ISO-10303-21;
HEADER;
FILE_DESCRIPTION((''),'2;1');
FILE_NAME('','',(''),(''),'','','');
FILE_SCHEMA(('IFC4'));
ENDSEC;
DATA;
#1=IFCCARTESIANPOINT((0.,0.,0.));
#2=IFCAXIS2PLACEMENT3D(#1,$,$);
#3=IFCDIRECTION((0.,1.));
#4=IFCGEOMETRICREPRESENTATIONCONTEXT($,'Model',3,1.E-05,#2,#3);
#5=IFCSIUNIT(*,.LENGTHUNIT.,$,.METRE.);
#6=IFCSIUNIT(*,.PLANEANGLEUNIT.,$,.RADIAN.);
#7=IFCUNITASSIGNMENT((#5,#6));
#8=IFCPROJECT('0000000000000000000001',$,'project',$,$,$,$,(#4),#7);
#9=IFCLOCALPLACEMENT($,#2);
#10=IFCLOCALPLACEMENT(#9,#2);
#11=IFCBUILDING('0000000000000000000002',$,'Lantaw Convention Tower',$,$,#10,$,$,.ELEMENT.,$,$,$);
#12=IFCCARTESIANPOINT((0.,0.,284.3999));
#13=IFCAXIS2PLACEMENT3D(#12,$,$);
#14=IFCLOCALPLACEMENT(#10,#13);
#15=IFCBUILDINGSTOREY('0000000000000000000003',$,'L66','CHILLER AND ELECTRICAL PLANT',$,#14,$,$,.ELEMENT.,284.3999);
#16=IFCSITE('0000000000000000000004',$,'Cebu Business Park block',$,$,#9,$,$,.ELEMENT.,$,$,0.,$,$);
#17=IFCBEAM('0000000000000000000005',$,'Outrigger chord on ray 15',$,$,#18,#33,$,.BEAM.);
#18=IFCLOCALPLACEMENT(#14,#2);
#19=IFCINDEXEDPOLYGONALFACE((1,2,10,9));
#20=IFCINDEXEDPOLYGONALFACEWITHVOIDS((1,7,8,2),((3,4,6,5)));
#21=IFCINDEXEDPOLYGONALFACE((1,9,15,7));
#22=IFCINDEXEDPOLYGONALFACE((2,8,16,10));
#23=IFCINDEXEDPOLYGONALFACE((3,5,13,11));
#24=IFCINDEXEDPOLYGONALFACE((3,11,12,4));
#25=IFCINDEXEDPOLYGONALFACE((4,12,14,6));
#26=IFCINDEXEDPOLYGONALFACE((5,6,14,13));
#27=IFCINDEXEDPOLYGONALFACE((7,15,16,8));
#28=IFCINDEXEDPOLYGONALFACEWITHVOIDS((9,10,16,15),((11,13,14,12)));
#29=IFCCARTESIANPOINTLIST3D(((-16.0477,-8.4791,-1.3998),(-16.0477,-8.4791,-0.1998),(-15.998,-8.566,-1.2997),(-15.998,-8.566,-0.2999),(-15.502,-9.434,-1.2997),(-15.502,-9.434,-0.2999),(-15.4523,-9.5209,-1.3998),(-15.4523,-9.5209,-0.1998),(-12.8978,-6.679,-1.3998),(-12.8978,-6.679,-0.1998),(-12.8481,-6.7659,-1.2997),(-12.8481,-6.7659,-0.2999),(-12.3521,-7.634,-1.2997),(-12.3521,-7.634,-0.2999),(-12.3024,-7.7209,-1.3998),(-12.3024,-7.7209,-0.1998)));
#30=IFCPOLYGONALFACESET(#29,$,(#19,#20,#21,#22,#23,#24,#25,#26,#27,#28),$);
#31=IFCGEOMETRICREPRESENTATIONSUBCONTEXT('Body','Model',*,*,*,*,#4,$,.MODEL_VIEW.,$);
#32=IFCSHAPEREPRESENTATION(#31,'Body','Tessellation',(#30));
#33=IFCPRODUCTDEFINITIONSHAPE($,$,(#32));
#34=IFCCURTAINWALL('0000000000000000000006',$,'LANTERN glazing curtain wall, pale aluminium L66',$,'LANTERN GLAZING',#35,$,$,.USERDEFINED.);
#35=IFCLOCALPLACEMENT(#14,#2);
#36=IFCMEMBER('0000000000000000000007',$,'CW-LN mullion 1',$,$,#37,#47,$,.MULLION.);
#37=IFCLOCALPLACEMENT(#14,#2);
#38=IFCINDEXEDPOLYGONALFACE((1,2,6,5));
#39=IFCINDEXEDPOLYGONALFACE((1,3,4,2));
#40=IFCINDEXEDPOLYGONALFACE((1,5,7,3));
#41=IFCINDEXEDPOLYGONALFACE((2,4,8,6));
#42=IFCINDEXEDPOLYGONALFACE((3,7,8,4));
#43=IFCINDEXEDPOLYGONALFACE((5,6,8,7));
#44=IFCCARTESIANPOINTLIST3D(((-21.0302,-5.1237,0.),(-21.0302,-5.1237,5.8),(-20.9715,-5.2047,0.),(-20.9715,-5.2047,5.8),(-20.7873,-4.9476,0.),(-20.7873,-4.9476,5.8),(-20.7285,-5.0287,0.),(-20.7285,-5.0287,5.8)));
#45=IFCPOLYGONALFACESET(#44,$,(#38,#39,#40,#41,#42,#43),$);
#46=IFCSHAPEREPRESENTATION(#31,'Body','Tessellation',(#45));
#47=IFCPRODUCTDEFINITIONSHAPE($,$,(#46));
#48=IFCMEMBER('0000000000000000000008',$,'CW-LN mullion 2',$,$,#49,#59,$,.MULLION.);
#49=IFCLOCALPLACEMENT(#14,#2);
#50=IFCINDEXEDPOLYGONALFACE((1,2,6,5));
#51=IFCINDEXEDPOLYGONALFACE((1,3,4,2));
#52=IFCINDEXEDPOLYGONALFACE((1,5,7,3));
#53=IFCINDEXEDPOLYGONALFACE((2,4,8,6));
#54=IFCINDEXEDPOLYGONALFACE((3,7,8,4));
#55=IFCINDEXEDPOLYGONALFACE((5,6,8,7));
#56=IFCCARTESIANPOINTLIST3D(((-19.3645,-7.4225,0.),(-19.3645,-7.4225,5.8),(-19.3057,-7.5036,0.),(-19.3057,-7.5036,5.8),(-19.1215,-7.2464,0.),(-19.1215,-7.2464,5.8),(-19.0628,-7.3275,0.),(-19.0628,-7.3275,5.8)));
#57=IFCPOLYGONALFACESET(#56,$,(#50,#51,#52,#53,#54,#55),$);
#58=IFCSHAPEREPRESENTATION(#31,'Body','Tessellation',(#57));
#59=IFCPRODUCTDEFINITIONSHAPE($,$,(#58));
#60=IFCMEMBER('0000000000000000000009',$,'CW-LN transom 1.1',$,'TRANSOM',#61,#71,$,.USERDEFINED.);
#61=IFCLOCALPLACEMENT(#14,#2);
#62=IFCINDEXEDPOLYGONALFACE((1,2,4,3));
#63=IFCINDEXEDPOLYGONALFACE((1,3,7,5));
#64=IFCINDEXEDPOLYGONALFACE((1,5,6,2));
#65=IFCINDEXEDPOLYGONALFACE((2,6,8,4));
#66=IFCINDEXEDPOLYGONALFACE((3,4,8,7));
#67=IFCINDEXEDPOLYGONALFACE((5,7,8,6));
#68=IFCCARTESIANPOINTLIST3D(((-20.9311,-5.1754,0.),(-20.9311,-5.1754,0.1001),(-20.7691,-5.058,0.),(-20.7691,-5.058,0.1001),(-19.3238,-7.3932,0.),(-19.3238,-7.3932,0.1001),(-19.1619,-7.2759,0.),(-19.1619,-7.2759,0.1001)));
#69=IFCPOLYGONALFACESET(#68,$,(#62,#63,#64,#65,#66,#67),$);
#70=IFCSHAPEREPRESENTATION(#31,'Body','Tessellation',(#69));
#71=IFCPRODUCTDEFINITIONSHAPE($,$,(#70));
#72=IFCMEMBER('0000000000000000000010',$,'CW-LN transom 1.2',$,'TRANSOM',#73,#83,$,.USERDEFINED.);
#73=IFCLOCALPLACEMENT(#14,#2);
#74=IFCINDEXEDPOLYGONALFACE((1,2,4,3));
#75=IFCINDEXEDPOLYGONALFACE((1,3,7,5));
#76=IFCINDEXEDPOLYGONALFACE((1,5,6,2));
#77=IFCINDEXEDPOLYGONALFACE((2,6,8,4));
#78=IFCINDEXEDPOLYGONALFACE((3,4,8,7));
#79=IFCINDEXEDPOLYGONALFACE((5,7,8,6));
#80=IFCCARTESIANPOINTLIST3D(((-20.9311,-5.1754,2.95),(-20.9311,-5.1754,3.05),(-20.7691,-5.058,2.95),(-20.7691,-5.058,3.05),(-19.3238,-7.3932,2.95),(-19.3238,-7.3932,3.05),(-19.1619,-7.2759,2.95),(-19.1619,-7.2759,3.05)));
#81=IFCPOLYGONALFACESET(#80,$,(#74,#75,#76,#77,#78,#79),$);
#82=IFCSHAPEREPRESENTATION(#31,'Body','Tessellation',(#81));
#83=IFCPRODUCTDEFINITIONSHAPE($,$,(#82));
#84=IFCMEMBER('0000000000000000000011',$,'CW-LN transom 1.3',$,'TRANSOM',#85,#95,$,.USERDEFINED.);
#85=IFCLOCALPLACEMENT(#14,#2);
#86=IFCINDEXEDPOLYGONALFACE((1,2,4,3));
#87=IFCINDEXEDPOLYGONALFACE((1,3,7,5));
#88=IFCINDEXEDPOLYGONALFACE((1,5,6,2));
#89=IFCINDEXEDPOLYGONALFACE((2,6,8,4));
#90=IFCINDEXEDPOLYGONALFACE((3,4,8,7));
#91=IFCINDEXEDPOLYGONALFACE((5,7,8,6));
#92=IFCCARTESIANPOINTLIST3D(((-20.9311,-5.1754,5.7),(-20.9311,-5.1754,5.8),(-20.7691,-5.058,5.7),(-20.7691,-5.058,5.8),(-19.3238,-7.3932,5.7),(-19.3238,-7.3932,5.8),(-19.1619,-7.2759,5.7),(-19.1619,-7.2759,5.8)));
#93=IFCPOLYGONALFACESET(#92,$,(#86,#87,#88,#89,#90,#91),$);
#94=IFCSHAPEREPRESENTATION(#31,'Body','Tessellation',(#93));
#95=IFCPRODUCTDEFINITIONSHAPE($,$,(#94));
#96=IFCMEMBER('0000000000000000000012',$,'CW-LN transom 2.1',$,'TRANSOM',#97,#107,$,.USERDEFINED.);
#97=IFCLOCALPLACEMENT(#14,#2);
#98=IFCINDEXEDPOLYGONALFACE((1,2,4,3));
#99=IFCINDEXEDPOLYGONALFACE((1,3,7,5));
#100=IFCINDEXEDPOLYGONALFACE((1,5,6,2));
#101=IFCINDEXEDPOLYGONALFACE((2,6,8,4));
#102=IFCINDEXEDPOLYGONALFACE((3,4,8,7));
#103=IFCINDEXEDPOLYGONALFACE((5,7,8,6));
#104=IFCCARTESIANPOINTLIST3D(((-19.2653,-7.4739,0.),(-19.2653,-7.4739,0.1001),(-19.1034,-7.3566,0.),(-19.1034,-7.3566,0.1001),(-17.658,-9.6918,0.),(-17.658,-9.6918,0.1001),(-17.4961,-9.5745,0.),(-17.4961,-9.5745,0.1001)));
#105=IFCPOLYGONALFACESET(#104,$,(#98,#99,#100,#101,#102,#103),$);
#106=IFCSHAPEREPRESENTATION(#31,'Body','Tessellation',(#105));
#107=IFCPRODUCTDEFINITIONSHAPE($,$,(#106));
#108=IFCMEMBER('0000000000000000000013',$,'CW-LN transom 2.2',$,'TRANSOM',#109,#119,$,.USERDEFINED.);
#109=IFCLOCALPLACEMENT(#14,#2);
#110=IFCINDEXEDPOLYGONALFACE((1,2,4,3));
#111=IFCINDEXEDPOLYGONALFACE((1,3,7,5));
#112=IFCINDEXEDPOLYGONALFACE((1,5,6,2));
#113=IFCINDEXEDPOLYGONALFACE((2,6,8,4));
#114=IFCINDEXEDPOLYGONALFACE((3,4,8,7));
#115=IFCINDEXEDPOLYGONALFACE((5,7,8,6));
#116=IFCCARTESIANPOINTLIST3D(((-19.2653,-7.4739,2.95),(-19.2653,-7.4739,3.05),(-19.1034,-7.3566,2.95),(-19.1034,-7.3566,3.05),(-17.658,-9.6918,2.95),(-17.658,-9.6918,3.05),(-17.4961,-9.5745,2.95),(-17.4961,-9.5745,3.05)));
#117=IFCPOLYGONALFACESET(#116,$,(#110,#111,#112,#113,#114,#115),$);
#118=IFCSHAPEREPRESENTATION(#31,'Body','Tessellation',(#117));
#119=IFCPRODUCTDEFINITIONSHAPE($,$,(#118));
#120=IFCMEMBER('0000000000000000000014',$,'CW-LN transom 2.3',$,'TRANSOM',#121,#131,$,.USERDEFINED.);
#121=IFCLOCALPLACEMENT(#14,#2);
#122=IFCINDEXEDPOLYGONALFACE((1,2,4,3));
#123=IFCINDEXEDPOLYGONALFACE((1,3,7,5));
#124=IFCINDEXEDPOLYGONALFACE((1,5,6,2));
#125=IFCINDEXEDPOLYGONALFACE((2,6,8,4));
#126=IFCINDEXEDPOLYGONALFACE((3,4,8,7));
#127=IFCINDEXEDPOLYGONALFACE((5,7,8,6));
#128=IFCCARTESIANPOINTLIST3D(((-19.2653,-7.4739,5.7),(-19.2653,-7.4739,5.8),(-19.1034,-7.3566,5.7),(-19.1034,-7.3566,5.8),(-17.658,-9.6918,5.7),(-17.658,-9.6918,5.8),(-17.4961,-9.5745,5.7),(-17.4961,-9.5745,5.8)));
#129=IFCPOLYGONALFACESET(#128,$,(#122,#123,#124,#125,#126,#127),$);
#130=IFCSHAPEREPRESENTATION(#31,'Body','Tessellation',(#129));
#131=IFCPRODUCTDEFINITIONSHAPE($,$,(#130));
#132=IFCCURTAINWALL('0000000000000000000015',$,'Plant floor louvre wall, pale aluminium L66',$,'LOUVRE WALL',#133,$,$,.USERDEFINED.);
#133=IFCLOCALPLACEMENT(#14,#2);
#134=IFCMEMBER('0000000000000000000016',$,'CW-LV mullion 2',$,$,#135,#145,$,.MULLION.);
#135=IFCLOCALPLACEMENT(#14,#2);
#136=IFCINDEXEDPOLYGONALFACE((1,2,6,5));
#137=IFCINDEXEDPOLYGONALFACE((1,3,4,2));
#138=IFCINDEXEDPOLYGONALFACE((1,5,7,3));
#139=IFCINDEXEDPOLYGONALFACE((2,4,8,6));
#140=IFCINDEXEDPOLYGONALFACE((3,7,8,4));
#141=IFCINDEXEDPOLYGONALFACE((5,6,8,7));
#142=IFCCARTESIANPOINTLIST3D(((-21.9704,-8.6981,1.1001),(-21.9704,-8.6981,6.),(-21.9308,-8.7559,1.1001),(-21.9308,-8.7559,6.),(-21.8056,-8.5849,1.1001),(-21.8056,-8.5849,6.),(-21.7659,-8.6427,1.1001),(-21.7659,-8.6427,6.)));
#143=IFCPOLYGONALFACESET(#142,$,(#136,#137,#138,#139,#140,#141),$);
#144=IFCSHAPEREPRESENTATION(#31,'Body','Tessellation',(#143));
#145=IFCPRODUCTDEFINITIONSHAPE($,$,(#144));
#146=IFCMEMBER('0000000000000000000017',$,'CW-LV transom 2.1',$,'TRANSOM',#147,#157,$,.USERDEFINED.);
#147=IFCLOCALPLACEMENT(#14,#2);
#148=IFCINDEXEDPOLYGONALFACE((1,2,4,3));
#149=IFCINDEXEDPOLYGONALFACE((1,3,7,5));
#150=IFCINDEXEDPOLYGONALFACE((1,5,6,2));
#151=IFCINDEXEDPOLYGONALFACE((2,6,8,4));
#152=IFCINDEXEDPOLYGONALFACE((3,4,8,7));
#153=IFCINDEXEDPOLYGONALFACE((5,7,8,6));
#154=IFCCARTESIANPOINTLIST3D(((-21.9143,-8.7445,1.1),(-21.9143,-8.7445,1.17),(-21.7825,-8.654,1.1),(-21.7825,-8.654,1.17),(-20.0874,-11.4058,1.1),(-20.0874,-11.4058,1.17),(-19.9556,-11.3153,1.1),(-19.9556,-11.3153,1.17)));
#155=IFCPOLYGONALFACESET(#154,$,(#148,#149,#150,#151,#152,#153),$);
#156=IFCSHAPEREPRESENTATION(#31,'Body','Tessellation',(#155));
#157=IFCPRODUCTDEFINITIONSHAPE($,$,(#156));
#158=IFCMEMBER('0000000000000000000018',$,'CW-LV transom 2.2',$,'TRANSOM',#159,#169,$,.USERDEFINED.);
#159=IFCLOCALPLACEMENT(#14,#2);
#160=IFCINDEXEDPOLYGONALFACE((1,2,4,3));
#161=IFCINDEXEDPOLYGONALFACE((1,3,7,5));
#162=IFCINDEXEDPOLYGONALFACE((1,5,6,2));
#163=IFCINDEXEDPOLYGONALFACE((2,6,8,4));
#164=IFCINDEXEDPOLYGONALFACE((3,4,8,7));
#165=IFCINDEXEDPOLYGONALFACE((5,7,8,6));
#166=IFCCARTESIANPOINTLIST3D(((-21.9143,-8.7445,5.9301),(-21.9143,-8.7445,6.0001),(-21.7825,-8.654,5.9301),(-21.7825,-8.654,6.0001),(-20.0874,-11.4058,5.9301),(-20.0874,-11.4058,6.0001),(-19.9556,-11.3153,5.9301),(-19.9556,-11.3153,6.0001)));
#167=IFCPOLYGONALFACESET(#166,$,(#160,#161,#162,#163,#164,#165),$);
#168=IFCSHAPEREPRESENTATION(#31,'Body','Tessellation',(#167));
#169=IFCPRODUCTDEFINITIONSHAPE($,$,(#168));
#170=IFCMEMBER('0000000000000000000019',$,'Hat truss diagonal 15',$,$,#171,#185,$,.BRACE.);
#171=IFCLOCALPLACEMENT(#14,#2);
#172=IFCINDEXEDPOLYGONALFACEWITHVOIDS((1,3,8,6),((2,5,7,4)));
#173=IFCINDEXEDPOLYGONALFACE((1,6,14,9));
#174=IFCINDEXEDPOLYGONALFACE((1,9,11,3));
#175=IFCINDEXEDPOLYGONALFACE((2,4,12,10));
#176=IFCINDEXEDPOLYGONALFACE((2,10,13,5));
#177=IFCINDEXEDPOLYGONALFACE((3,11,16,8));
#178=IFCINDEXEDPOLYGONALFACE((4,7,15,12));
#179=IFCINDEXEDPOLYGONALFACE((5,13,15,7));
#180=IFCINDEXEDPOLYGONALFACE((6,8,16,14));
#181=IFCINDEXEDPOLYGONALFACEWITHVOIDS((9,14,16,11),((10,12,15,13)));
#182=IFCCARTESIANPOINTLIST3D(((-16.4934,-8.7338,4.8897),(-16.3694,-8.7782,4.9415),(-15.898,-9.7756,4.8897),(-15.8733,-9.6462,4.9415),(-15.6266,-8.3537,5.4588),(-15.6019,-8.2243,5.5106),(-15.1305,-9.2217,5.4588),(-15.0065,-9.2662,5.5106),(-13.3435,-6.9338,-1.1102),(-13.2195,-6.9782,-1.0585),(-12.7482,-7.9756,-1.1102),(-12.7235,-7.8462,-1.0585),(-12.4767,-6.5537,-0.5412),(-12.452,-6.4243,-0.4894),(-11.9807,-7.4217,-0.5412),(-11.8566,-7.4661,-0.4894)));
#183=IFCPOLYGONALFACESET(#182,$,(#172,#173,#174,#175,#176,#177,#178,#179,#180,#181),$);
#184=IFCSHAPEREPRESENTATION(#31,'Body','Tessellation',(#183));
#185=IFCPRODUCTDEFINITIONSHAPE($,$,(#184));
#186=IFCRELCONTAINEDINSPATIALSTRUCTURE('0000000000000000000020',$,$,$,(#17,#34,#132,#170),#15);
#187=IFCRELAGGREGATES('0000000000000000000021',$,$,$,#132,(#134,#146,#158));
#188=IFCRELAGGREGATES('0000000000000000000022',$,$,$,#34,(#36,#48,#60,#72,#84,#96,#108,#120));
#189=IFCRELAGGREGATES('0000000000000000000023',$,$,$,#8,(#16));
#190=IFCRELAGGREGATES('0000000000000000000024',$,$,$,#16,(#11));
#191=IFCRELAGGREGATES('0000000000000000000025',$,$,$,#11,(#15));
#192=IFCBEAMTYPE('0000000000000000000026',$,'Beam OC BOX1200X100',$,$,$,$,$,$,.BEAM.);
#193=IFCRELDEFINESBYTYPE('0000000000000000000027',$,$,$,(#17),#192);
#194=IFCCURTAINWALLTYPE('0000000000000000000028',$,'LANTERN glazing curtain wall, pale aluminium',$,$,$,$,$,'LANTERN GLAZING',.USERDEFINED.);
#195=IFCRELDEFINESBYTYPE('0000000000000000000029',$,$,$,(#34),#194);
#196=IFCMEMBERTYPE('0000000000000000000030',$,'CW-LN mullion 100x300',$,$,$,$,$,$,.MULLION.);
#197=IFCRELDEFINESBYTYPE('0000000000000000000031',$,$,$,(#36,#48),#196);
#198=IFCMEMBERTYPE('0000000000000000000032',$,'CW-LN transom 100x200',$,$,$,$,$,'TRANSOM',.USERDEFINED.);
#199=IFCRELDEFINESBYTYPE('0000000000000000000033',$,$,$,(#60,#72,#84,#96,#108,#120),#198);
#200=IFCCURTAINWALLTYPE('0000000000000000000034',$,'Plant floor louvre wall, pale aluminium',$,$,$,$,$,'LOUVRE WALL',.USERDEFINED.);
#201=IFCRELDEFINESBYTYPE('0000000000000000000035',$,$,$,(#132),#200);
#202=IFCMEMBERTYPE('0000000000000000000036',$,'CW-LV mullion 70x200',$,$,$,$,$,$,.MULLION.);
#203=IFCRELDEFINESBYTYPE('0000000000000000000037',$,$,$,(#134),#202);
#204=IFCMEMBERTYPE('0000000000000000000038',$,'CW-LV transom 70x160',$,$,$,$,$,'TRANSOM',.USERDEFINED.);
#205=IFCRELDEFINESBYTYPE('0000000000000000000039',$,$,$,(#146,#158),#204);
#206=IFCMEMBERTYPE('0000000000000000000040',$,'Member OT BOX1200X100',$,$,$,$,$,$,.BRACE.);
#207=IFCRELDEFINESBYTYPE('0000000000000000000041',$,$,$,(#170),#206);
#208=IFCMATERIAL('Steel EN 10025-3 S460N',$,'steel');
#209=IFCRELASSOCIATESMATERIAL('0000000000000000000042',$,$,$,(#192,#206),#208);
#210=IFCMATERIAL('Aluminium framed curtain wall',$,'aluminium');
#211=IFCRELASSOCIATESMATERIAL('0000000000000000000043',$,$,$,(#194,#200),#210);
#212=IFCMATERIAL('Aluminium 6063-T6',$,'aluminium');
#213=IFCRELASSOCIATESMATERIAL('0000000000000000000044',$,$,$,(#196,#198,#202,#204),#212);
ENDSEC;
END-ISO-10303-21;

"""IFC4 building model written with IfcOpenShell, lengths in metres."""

from ifc_helpers import new_model, si_unit, direction, frame, origin, origin_2d, place, context, subcontext, project, spatial, rectangle, hollow_rectangle, extrude, material, material_profile, profile_set, type_object, element, aggregate, save


model = new_model("IFC4")

# Units and contexts
model_context = context("Model", 3, precision=1e-05, world=origin(), true_north=direction((0.0, 1.0)))
body_context = subcontext(model_context, "Body", "Model", "MODEL_VIEW")
ifc_project = project(units=[si_unit("LENGTHUNIT", "METRE"), si_unit("PLANEANGLEUNIT", "RADIAN")], contexts=[model_context])

# Site, building, storey
site_placement = place(None, origin())
site = spatial("IfcSite", under=ifc_project, at=site_placement, Name="Cebu Business Park block", CompositionType="ELEMENT", RefElevation=0.0)
building_placement = place(site_placement, origin())
building = spatial("IfcBuilding", under=site, at=building_placement, Name="Lantaw Convention Tower", CompositionType="ELEMENT")
storey_placement = place(building_placement, frame((0.0, 0.0, 284.3999)))
storey = spatial("IfcBuildingStorey", under=building, at=storey_placement, Name="L66", Description="CHILLER AND ELECTRICAL PLANT", CompositionType="ELEMENT", Elevation=284.3999)

# Shared definitions
ifc_material_1 = material(Name="Steel EN 10025-3 S460N", Category="steel")

# Beam
ifc_material_profile_1 = material_profile(ifc_material_1, hollow_rectangle(XDim=1.2, YDim=1.2, WallThickness=0.1001, at=origin_2d()), Name="BOX1200X100")
ifc_profile_set_1 = profile_set([ifc_material_profile_1], Name="Steel EN 10025-3 S460N")
beam_type_1 = type_object("IfcBeamType", Name="Beam OC BOX1200X100", PredefinedType="BEAM", material=ifc_profile_set_1)
beam_1_placement = place(storey_placement, frame((-12.6001, -7.2, -0.7998), z_axis=(-0.868231, -0.496161, 0.0), x_axis=(0.496161, -0.868231, 0.0)))
element("IfcBeam", 1, at=beam_1_placement, inside=storey, type_object=beam_type_1, Name="Outrigger chord on ray 15", PredefinedType="BEAM", context=body_context, shape_type="SweptSolid", body=[
    extrude(hollow_rectangle(XDim=1.2, YDim=1.2, WallThickness=0.1001, at=origin_2d()), origin(), (0.0, 0.0, 1.0), 3.6279),
])

# Curtain walls, members
ifc_material_2 = material(Name="Aluminium framed curtain wall", Category="aluminium")
curtain_wall_type_1 = type_object("IfcCurtainWallType", Name="LANTERN glazing curtain wall, pale aluminium", ElementType="LANTERN GLAZING", PredefinedType="USERDEFINED", material=ifc_material_2)
curtain_wall_1_placement = place(storey_placement, origin())
curtain_wall_1 = element("IfcCurtainWall", 2, at=curtain_wall_1_placement, inside=storey, type_object=curtain_wall_type_1, Name="LANTERN glazing curtain wall, pale aluminium L66", ObjectType="LANTERN GLAZING", PredefinedType="USERDEFINED")
ifc_material_3 = material(Name="Aluminium 6063-T6", Category="aluminium")
ifc_material_profile_2 = material_profile(ifc_material_3, rectangle(XDim=0.3, YDim=0.1001, at=origin_2d()), Name="CW-LN mullion 100x300")
ifc_profile_set_2 = profile_set([ifc_material_profile_2], Name="Aluminium 6063-T6")
member_type_1 = type_object("IfcMemberType", Name="CW-LN mullion 100x300", PredefinedType="MULLION", material=ifc_profile_set_2)
member_1_placement = place(storey_placement, frame((-20.8794, -5.0762, 0.0), z_axis=(0.0, 0.0, 1.0), x_axis=(0.809742, 0.586786, 0.0)))
member_1 = element("IfcMember", 3, at=member_1_placement, type_object=member_type_1, Name="CW-LN mullion 1", PredefinedType="MULLION", context=body_context, shape_type="SweptSolid", body=[
    extrude(rectangle(XDim=0.3, YDim=0.1001, at=origin_2d()), origin(), (0.0, 0.0, 1.0), 5.8),
])
member_2_placement = place(storey_placement, frame((-19.2136, -7.375, 0.0), z_axis=(0.0, 0.0, 1.0), x_axis=(0.809742, 0.586786, 0.0)))
member_2 = element("IfcMember", 4, at=member_2_placement, type_object=member_type_1, Name="CW-LN mullion 2", PredefinedType="MULLION", context=body_context, shape_type="SweptSolid", body=[
    extrude(rectangle(XDim=0.3, YDim=0.1001, at=origin_2d()), origin(), (0.0, 0.0, 1.0), 5.8),
])
ifc_material_profile_3 = material_profile(ifc_material_3, rectangle(XDim=0.2, YDim=0.1001, at=origin_2d()), Name="CW-LN transom 100x200")
ifc_profile_set_3 = profile_set([ifc_material_profile_3], Name="Aluminium 6063-T6")
member_type_2 = type_object("IfcMemberType", Name="CW-LN transom 100x200", ElementType="TRANSOM", PredefinedType="USERDEFINED", material=ifc_profile_set_3)
member_3_placement = place(storey_placement, frame((-20.8501, -5.1167, 0.05), z_axis=(0.586798, -0.809733, 0.0), x_axis=(0.809733, 0.586798, 0.0)))
member_3 = element("IfcMember", 5, at=member_3_placement, type_object=member_type_2, Name="CW-LN transom 1.1", ObjectType="TRANSOM", PredefinedType="USERDEFINED", context=body_context, shape_type="SweptSolid", body=[
    extrude(rectangle(XDim=0.2, YDim=0.1001, at=origin_2d()), origin(), (0.0, 0.0, 1.0), 2.739),
])
member_4_placement = place(storey_placement, frame((-20.8501, -5.1167, 3.0), z_axis=(0.586798, -0.809733, 0.0), x_axis=(0.809733, 0.586798, 0.0)))
member_4 = element("IfcMember", 6, at=member_4_placement, type_object=member_type_2, Name="CW-LN transom 1.2", ObjectType="TRANSOM", PredefinedType="USERDEFINED", context=body_context, shape_type="SweptSolid", body=[
    extrude(rectangle(XDim=0.2, YDim=0.1001, at=origin_2d()), origin(), (0.0, 0.0, 1.0), 2.739),
])
member_5_placement = place(storey_placement, frame((-20.8501, -5.1167, 5.75), z_axis=(0.586798, -0.809733, 0.0), x_axis=(0.809733, 0.586798, 0.0)))
member_5 = element("IfcMember", 7, at=member_5_placement, type_object=member_type_2, Name="CW-LN transom 1.3", ObjectType="TRANSOM", PredefinedType="USERDEFINED", context=body_context, shape_type="SweptSolid", body=[
    extrude(rectangle(XDim=0.2, YDim=0.1001, at=origin_2d()), origin(), (0.0, 0.0, 1.0), 2.739),
])
member_6_placement = place(storey_placement, frame((-19.1843, -7.4153, 0.05), z_axis=(0.586798, -0.809733, 0.0), x_axis=(0.809733, 0.586798, 0.0)))
member_6 = element("IfcMember", 8, at=member_6_placement, type_object=member_type_2, Name="CW-LN transom 2.1", ObjectType="TRANSOM", PredefinedType="USERDEFINED", context=body_context, shape_type="SweptSolid", body=[
    extrude(rectangle(XDim=0.2, YDim=0.1001, at=origin_2d()), origin(), (0.0, 0.0, 1.0), 2.739),
])
member_7_placement = place(storey_placement, frame((-19.1843, -7.4153, 3.0), z_axis=(0.586798, -0.809733, 0.0), x_axis=(0.809733, 0.586798, 0.0)))
member_7 = element("IfcMember", 9, at=member_7_placement, type_object=member_type_2, Name="CW-LN transom 2.2", ObjectType="TRANSOM", PredefinedType="USERDEFINED", context=body_context, shape_type="SweptSolid", body=[
    extrude(rectangle(XDim=0.2, YDim=0.1001, at=origin_2d()), origin(), (0.0, 0.0, 1.0), 2.739),
])
member_8_placement = place(storey_placement, frame((-19.1843, -7.4153, 5.75), z_axis=(0.586798, -0.809733, 0.0), x_axis=(0.809733, 0.586798, 0.0)))
member_8 = element("IfcMember", 10, at=member_8_placement, type_object=member_type_2, Name="CW-LN transom 2.3", ObjectType="TRANSOM", PredefinedType="USERDEFINED", context=body_context, shape_type="SweptSolid", body=[
    extrude(rectangle(XDim=0.2, YDim=0.1001, at=origin_2d()), origin(), (0.0, 0.0, 1.0), 2.739),
])
curtain_wall_type_2 = type_object("IfcCurtainWallType", Name="Plant floor louvre wall, pale aluminium", ElementType="LOUVRE WALL", PredefinedType="USERDEFINED", material=ifc_material_2)
curtain_wall_2_placement = place(storey_placement, origin())
curtain_wall_2 = element("IfcCurtainWall", 11, at=curtain_wall_2_placement, inside=storey, type_object=curtain_wall_type_2, Name="Plant floor louvre wall, pale aluminium L66", ObjectType="LOUVRE WALL", PredefinedType="USERDEFINED")
ifc_material_profile_4 = material_profile(ifc_material_3, rectangle(XDim=0.2, YDim=0.0701, at=origin_2d()), Name="CW-LV mullion 70x200")
ifc_profile_set_4 = profile_set([ifc_material_profile_4], Name="Aluminium 6063-T6")
member_type_3 = type_object("IfcMemberType", Name="CW-LV mullion 70x200", PredefinedType="MULLION", material=ifc_profile_set_4)
member_9_placement = place(storey_placement, frame((-21.8682, -8.6704, 1.1001), z_axis=(0.0, 0.0, 1.0), x_axis=(0.82445, 0.565935, 0.0)))
member_9 = element("IfcMember", 12, at=member_9_placement, type_object=member_type_3, Name="CW-LV mullion 2", PredefinedType="MULLION", context=body_context, shape_type="SweptSolid", body=[
    extrude(rectangle(XDim=0.2, YDim=0.0701, at=origin_2d()), origin(), (0.0, 0.0, 1.0), 4.8999),
])
ifc_material_profile_5 = material_profile(ifc_material_3, rectangle(XDim=0.1599, YDim=0.0701, at=origin_2d()), Name="CW-LV transom 70x160")
ifc_profile_set_5 = profile_set([ifc_material_profile_5], Name="Aluminium 6063-T6")
member_type_4 = type_object("IfcMemberType", Name="CW-LV transom 70x160", ElementType="TRANSOM", PredefinedType="USERDEFINED", material=ifc_profile_set_5)
member_10_placement = place(storey_placement, frame((-21.8484, -8.6992, 1.135), z_axis=(0.565941, -0.824446, 0.0), x_axis=(0.824446, 0.565941, 0.0)))
member_10 = element("IfcMember", 13, at=member_10_placement, type_object=member_type_4, Name="CW-LV transom 2.1", ObjectType="TRANSOM", PredefinedType="USERDEFINED", context=body_context, shape_type="SweptSolid", body=[
    extrude(rectangle(XDim=0.1599, YDim=0.0701, at=origin_2d()), origin(), (0.0, 0.0, 1.0), 3.228),
])
member_11_placement = place(storey_placement, frame((-21.8484, -8.6992, 5.9651), z_axis=(0.565941, -0.824446, 0.0), x_axis=(0.824446, 0.565941, 0.0)))
member_11 = element("IfcMember", 14, at=member_11_placement, type_object=member_type_4, Name="CW-LV transom 2.2", ObjectType="TRANSOM", PredefinedType="USERDEFINED", context=body_context, shape_type="SweptSolid", body=[
    extrude(rectangle(XDim=0.1599, YDim=0.0701, at=origin_2d()), origin(), (0.0, 0.0, 1.0), 3.228),
])
aggregate(curtain_wall_2, [member_9, member_10, member_11])

# Member
ifc_material_profile_6 = material_profile(ifc_material_1, hollow_rectangle(XDim=1.2, YDim=1.2, WallThickness=0.1001, at=origin_2d()), Name="BOX1200X100")
ifc_profile_set_6 = profile_set([ifc_material_profile_6], Name="Steel EN 10025-3 S460N")
member_type_5 = type_object("IfcMemberType", Name="Member OT BOX1200X100", PredefinedType="BRACE", material=ifc_profile_set_6)
member_12_placement = place(storey_placement, frame((-12.6001, -7.2, -0.7998), z_axis=(-0.449244, -0.256726, 0.855729), x_axis=(0.496161, -0.868231, 0.0)))
element("IfcMember", 15, at=member_12_placement, inside=storey, type_object=member_type_5, Name="Hat truss diagonal 15", PredefinedType="BRACE", context=body_context, shape_type="SweptSolid", body=[
    extrude(hollow_rectangle(XDim=1.2, YDim=1.2, WallThickness=0.1001, at=origin_2d()), origin(), (0.0, 0.0, 1.0), 7.0115),
])

aggregate(curtain_wall_1, [member_1, member_2, member_3, member_4, member_5, member_6, member_7, member_8])

save(model, "model.ifc")
